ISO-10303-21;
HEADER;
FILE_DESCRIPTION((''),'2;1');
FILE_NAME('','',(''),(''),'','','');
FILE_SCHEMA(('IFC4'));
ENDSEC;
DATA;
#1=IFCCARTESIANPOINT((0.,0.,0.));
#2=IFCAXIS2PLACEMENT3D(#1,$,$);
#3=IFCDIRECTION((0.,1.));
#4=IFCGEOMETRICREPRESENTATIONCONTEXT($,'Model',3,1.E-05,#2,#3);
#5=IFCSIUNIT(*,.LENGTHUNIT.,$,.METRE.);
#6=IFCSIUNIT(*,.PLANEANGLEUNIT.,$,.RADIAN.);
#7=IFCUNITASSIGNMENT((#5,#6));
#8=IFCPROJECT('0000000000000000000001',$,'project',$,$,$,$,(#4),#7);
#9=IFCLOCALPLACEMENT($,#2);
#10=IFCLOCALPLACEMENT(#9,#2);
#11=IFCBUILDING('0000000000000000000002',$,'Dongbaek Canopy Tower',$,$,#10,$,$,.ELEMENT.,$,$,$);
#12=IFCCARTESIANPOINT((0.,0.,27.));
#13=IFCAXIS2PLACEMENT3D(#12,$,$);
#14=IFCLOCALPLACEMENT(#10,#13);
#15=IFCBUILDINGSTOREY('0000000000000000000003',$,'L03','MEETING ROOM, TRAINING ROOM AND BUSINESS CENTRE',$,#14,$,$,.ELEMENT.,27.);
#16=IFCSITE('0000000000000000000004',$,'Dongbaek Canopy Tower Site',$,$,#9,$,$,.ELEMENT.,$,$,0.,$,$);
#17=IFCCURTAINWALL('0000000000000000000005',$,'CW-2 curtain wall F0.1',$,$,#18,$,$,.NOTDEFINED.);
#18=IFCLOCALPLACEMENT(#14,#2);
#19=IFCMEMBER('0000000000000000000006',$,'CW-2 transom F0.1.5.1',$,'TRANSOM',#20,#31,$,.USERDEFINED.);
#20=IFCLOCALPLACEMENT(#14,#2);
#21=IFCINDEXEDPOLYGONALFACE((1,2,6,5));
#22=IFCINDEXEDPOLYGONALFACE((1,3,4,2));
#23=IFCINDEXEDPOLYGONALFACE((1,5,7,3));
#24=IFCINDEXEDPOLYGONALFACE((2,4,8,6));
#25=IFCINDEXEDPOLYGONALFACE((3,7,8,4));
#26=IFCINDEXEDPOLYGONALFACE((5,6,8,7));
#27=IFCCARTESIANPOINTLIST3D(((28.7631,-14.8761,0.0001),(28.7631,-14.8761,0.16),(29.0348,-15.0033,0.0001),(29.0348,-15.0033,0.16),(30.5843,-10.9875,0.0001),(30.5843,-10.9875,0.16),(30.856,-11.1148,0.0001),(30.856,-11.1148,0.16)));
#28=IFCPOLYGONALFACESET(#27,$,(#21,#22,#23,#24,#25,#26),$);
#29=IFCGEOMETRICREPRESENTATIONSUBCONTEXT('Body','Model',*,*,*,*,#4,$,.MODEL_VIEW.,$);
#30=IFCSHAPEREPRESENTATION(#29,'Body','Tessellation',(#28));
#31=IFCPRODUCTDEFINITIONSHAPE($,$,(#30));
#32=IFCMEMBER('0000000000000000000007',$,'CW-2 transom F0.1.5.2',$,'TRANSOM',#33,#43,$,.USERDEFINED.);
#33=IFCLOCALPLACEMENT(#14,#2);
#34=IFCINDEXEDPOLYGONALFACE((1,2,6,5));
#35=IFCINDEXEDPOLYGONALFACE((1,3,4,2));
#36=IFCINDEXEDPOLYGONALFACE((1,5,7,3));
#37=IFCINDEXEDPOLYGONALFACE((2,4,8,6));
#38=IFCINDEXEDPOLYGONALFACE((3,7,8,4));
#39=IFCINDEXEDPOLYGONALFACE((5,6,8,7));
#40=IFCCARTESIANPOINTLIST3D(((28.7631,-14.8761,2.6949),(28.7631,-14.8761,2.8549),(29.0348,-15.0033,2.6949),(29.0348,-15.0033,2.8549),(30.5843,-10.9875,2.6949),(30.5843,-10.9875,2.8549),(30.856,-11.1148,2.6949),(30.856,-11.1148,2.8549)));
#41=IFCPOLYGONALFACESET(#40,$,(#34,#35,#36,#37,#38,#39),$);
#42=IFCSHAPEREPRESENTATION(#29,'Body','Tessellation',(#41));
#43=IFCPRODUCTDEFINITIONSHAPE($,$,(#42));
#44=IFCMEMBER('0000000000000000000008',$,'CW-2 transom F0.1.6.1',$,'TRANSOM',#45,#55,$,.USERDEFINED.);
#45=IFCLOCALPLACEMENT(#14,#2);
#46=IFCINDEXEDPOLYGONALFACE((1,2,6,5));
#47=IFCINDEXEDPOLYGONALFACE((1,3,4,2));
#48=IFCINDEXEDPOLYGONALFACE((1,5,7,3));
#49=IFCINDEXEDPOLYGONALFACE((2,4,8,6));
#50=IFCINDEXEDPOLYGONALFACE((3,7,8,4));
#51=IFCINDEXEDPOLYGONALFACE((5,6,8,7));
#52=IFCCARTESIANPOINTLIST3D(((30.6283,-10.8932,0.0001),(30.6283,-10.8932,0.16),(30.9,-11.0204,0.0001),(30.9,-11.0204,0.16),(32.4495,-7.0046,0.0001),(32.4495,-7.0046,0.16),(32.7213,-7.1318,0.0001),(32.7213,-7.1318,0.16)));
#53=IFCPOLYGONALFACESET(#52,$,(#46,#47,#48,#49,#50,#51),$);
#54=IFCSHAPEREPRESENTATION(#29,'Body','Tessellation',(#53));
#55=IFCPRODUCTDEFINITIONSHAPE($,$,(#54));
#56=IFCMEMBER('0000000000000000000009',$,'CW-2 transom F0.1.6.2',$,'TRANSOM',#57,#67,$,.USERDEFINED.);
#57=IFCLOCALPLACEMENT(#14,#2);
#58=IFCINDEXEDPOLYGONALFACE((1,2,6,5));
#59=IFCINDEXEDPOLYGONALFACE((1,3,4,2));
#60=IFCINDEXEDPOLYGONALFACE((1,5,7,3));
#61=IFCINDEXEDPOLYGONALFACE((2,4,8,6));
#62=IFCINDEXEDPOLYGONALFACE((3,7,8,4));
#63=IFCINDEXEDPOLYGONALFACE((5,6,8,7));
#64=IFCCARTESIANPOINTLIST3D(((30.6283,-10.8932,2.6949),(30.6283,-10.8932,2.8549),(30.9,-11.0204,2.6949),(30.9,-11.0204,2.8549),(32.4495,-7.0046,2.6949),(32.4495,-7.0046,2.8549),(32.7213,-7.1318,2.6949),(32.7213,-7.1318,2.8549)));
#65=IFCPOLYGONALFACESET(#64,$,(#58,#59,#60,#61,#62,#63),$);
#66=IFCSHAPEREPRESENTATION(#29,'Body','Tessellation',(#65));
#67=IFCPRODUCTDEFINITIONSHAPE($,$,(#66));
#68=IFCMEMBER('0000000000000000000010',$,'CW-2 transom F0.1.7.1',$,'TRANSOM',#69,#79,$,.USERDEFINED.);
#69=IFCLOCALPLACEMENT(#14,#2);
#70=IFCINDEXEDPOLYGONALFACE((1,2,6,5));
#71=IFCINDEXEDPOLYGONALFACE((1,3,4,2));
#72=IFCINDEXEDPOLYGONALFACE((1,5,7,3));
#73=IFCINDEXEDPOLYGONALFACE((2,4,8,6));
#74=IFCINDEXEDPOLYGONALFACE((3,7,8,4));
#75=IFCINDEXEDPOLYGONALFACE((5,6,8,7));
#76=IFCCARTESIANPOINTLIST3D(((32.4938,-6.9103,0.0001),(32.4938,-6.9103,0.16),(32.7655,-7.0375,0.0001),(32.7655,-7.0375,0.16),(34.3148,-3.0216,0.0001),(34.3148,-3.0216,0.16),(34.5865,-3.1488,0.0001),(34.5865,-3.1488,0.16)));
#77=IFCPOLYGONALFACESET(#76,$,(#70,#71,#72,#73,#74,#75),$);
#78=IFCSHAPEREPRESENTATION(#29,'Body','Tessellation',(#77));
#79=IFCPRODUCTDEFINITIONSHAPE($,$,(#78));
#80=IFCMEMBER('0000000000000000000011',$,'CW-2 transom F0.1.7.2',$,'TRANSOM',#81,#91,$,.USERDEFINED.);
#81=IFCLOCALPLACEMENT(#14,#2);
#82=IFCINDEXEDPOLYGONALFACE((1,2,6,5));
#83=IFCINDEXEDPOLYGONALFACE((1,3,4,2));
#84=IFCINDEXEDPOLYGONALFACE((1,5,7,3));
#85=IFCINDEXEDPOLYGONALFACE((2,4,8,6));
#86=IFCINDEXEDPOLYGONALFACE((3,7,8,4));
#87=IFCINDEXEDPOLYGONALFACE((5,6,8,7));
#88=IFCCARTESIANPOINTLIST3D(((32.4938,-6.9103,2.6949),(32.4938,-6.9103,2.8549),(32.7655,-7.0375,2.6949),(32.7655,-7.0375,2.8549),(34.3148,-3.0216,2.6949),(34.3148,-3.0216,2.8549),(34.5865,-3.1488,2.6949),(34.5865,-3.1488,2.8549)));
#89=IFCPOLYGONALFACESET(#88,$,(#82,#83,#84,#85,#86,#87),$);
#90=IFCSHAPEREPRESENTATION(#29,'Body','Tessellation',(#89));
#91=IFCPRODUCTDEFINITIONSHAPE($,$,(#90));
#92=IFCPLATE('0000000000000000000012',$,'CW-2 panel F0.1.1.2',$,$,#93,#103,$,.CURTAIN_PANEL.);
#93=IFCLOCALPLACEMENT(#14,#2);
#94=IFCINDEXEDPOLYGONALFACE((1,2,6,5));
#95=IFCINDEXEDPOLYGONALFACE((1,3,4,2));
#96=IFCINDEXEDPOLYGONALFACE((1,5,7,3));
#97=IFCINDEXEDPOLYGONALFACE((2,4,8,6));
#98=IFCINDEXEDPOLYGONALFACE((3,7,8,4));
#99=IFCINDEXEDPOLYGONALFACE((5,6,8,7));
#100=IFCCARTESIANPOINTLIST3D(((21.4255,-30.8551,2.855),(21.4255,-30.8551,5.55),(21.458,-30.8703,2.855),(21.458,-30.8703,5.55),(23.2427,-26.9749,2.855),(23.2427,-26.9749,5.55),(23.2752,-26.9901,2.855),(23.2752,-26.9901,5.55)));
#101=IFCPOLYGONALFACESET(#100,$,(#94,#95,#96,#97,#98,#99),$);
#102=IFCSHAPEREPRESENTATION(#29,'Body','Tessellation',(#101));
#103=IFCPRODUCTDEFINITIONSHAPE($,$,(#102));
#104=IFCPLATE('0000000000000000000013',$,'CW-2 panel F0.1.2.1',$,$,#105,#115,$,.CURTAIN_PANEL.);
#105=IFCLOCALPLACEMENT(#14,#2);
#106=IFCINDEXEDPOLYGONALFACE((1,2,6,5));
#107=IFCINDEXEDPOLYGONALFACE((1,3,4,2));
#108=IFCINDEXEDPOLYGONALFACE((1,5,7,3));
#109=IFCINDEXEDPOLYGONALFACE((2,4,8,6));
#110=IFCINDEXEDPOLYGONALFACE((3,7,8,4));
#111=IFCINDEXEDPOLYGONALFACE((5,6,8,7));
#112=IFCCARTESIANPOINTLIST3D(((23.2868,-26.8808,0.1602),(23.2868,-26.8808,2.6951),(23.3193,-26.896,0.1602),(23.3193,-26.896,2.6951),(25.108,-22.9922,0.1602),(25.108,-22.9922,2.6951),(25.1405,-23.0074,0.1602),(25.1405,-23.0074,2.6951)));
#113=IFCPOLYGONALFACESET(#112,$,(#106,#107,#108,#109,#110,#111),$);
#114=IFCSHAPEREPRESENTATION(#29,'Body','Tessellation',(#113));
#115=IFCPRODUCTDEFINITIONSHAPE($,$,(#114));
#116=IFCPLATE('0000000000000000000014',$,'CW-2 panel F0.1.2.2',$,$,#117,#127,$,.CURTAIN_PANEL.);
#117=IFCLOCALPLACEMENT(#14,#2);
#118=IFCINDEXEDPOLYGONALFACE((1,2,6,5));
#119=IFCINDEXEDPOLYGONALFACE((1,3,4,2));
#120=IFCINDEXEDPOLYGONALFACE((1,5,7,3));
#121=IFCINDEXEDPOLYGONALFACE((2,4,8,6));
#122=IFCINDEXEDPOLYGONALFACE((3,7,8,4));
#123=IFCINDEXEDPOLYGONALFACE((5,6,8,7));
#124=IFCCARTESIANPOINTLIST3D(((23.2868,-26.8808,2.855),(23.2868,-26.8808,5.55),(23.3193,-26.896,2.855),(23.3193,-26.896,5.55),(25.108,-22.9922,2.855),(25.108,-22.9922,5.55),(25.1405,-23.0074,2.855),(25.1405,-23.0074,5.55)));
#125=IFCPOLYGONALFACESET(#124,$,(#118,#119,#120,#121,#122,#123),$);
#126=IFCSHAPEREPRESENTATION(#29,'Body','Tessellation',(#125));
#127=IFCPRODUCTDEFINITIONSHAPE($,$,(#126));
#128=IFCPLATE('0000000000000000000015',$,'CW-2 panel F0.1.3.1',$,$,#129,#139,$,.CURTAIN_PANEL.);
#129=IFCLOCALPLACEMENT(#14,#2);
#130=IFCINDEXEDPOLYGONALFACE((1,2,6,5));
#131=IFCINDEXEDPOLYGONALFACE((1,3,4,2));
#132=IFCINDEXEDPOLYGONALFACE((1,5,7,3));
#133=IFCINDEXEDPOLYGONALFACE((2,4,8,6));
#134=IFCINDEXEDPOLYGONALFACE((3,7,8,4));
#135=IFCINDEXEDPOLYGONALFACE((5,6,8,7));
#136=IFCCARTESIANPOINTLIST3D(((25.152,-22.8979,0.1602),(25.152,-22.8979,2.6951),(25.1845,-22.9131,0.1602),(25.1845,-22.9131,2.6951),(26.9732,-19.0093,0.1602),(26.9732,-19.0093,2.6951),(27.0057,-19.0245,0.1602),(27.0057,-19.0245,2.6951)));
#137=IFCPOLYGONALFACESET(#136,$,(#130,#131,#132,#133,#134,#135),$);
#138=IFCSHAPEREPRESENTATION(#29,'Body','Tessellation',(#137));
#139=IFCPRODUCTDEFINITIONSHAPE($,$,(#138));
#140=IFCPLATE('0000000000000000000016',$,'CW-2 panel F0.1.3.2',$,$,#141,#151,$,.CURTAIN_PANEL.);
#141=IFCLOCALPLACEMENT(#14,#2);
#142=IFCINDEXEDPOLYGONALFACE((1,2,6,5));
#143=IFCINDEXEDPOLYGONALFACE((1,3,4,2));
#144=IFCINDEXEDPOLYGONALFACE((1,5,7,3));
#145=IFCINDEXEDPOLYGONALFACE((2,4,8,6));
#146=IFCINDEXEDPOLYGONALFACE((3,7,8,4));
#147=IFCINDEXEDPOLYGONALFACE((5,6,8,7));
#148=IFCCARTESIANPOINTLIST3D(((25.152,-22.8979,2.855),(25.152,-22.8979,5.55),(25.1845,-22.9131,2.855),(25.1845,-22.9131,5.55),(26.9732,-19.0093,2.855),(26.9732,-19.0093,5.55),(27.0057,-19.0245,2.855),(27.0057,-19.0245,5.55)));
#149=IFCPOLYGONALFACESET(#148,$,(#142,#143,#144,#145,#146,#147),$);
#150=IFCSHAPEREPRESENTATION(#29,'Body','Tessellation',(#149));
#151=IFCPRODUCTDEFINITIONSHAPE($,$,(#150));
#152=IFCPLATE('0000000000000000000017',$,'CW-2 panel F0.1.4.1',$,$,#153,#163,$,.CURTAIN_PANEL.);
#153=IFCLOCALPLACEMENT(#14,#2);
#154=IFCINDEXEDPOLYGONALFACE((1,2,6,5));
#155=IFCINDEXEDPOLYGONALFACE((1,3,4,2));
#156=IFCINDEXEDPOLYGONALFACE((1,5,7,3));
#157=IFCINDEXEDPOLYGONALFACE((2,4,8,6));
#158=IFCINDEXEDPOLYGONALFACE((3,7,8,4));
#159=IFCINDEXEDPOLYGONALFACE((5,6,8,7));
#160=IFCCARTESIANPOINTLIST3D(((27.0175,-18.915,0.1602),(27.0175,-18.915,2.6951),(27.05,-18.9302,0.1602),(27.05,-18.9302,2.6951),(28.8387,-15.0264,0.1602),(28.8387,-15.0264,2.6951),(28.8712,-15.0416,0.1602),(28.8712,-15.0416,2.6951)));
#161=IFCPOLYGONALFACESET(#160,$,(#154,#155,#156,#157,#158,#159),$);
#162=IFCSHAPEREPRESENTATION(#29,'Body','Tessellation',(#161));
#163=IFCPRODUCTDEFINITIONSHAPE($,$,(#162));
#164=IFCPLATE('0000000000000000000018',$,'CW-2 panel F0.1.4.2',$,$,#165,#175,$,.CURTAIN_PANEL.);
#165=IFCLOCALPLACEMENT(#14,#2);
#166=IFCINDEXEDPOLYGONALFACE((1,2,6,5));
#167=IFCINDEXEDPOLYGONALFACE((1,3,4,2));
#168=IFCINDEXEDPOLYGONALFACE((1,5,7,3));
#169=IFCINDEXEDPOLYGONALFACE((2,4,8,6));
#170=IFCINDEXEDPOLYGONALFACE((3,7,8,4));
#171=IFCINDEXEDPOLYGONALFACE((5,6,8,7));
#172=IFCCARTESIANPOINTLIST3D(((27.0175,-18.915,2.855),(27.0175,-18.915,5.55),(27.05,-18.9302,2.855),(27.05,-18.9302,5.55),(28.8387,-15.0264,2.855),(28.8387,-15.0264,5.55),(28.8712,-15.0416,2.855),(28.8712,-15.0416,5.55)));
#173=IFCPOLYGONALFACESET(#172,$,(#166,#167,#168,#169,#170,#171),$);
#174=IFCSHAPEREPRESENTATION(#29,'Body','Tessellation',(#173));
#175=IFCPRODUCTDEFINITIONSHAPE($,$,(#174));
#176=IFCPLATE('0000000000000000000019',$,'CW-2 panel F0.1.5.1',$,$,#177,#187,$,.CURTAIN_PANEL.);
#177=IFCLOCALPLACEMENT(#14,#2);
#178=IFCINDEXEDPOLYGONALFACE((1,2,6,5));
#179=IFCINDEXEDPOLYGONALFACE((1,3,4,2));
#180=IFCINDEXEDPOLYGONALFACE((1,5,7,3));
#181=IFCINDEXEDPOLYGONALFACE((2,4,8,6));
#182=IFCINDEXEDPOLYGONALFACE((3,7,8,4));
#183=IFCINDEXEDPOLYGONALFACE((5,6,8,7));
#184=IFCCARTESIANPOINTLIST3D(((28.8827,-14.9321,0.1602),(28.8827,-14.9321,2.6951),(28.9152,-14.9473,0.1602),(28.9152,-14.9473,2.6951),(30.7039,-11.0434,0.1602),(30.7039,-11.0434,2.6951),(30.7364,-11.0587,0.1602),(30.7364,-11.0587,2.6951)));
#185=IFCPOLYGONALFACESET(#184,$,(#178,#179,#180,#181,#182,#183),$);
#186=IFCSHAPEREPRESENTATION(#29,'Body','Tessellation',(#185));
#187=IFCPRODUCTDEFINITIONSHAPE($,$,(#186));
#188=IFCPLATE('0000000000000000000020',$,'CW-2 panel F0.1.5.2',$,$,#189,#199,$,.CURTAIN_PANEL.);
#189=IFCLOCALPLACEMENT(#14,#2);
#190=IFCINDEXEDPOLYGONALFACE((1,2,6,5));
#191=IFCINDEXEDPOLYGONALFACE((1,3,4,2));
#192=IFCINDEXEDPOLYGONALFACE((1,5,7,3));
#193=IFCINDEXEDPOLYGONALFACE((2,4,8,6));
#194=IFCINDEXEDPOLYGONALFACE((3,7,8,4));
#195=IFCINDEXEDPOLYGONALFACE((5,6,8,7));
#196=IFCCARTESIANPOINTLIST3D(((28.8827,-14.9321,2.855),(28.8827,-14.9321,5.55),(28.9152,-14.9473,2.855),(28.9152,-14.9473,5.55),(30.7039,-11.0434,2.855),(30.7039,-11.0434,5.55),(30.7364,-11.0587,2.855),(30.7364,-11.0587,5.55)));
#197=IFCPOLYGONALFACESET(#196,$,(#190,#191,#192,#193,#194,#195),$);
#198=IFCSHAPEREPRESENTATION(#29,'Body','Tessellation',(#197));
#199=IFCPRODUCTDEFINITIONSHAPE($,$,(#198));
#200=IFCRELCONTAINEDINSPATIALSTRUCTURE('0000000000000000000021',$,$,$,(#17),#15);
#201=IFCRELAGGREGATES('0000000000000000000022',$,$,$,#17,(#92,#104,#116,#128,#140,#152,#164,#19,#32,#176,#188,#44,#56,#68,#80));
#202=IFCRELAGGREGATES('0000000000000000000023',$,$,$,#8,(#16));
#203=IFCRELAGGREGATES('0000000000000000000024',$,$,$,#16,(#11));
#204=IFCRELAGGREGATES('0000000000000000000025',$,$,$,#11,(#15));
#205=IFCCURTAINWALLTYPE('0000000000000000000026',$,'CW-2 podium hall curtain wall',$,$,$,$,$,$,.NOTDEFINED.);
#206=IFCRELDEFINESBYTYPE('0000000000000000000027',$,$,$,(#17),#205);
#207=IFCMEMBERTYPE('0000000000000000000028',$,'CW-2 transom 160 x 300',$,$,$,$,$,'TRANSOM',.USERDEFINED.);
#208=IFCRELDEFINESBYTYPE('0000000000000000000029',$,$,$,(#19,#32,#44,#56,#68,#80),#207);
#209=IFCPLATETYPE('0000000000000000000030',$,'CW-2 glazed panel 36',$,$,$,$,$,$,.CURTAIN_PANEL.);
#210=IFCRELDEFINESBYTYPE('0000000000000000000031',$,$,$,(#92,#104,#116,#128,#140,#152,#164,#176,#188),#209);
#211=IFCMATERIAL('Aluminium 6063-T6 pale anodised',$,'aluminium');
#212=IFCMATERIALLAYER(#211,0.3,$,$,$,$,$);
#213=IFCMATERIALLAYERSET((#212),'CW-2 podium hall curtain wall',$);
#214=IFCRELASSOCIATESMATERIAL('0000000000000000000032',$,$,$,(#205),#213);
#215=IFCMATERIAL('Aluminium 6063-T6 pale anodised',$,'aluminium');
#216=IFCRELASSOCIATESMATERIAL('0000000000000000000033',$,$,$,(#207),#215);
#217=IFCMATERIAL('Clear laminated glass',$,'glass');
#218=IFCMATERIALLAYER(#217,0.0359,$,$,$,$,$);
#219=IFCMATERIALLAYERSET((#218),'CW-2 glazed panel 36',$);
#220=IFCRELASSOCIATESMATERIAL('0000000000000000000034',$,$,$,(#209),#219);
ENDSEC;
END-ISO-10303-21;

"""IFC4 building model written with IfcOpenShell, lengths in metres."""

from ifc_helpers import new_model, si_unit, direction, frame, origin, origin_2d, place, context, subcontext, project, spatial, rectangle, extrude, material, layer, layer_set, material_profile, profile_set, type_object, element, aggregate, save


model = new_model("IFC4")

# Units and contexts
model_context = context("Model", 3, precision=1e-05, world=origin(), true_north=direction((0.0, 1.0)))
body_context = subcontext(model_context, "Body", "Model", "MODEL_VIEW")
ifc_project = project(units=[si_unit("LENGTHUNIT", "METRE"), si_unit("PLANEANGLEUNIT", "RADIAN")], contexts=[model_context])

# Site, building, storey
site_placement = place(None, origin())
site = spatial("IfcSite", under=ifc_project, at=site_placement, Name="Dongbaek Canopy Tower Site", CompositionType="ELEMENT", RefElevation=0.0)
building_placement = place(site_placement, origin())
building = spatial("IfcBuilding", under=site, at=building_placement, Name="Dongbaek Canopy Tower", CompositionType="ELEMENT")
storey_placement = place(building_placement, frame((0.0, 0.0, 27.0)))
storey = spatial("IfcBuildingStorey", under=building, at=storey_placement, Name="L03", Description="MEETING ROOM, TRAINING ROOM AND BUSINESS CENTRE", CompositionType="ELEMENT", Elevation=27.0)

# Curtain wall, members, plates
ifc_material_1 = material(Name="Aluminium 6063-T6 pale anodised", Category="aluminium")
ifc_layer_1 = layer(ifc_material_1, 0.3)
ifc_layer_set_1 = layer_set([ifc_layer_1], Name="CW-2 podium hall curtain wall")
curtain_wall_type = type_object("IfcCurtainWallType", Name="CW-2 podium hall curtain wall", PredefinedType="NOTDEFINED", material=ifc_layer_set_1)
curtain_wall_placement = place(storey_placement, origin())
curtain_wall = element("IfcCurtainWall", 1, at=curtain_wall_placement, inside=storey, type_object=curtain_wall_type, Name="CW-2 curtain wall F0.1", PredefinedType="NOTDEFINED")
ifc_material_2 = material(Name="Aluminium 6063-T6 pale anodised", Category="aluminium")
ifc_material_profile_1 = material_profile(ifc_material_2, rectangle(XDim=0.3, YDim=0.1599, at=origin_2d()), Name="CW-2 transom 160 x 300")
ifc_profile_set_1 = profile_set([ifc_material_profile_1], Name="Aluminium 6063-T6 pale anodised")
member_type_1 = type_object("IfcMemberType", Name="CW-2 transom 160 x 300", ElementType="TRANSOM", PredefinedType="USERDEFINED", material=ifc_profile_set_1)
member_1_placement = place(storey_placement, frame((28.8989, -14.9397, 0.0801), z_axis=(0.424143, 0.905595, 0.0), x_axis=(-0.905595, 0.424143, 0.0)))
member_1 = element("IfcMember", 2, at=member_1_placement, type_object=member_type_1, Name="CW-2 transom F0.1.5.1", ObjectType="TRANSOM", PredefinedType="USERDEFINED", context=body_context, shape_type="SweptSolid", body=[
    extrude(rectangle(XDim=0.3, YDim=0.1599, at=origin_2d()), origin(), (0.0, 0.0, 1.0), 4.2939),
])
member_2_placement = place(storey_placement, frame((28.8989, -14.9397, 2.7749), z_axis=(0.424143, 0.905595, 0.0), x_axis=(-0.905595, 0.424143, 0.0)))
member_2 = element("IfcMember", 3, at=member_2_placement, type_object=member_type_1, Name="CW-2 transom F0.1.5.2", ObjectType="TRANSOM", PredefinedType="USERDEFINED", context=body_context, shape_type="SweptSolid", body=[
    extrude(rectangle(XDim=0.3, YDim=0.1599, at=origin_2d()), origin(), (0.0, 0.0, 1.0), 4.2939),
])
member_3_placement = place(storey_placement, frame((30.7642, -10.9568, 0.0801), z_axis=(0.424143, 0.905595, 0.0), x_axis=(-0.905595, 0.424143, 0.0)))
member_3 = element("IfcMember", 4, at=member_3_placement, type_object=member_type_1, Name="CW-2 transom F0.1.6.1", ObjectType="TRANSOM", PredefinedType="USERDEFINED", context=body_context, shape_type="SweptSolid", body=[
    extrude(rectangle(XDim=0.3, YDim=0.1599, at=origin_2d()), origin(), (0.0, 0.0, 1.0), 4.2939),
])
member_4_placement = place(storey_placement, frame((30.7642, -10.9568, 2.7749), z_axis=(0.424143, 0.905595, 0.0), x_axis=(-0.905595, 0.424143, 0.0)))
member_4 = element("IfcMember", 5, at=member_4_placement, type_object=member_type_1, Name="CW-2 transom F0.1.6.2", ObjectType="TRANSOM", PredefinedType="USERDEFINED", context=body_context, shape_type="SweptSolid", body=[
    extrude(rectangle(XDim=0.3, YDim=0.1599, at=origin_2d()), origin(), (0.0, 0.0, 1.0), 4.2939),
])
member_5_placement = place(storey_placement, frame((32.6296, -6.9739, 0.0801), z_axis=(0.424096, 0.905617, 0.0), x_axis=(-0.905617, 0.424096, 0.0)))
member_5 = element("IfcMember", 6, at=member_5_placement, type_object=member_type_1, Name="CW-2 transom F0.1.7.1", ObjectType="TRANSOM", PredefinedType="USERDEFINED", context=body_context, shape_type="SweptSolid", body=[
    extrude(rectangle(XDim=0.3, YDim=0.1599, at=origin_2d()), origin(), (0.0, 0.0, 1.0), 4.2939),
])
member_6_placement = place(storey_placement, frame((32.6296, -6.9739, 2.7749), z_axis=(0.424096, 0.905617, 0.0), x_axis=(-0.905617, 0.424096, 0.0)))
member_6 = element("IfcMember", 7, at=member_6_placement, type_object=member_type_1, Name="CW-2 transom F0.1.7.2", ObjectType="TRANSOM", PredefinedType="USERDEFINED", context=body_context, shape_type="SweptSolid", body=[
    extrude(rectangle(XDim=0.3, YDim=0.1599, at=origin_2d()), origin(), (0.0, 0.0, 1.0), 4.2939),
])
ifc_material_3 = material(Name="Clear laminated glass", Category="glass")
ifc_layer_2 = layer(ifc_material_3, 0.0359)
ifc_layer_set_2 = layer_set([ifc_layer_2], Name="CW-2 glazed panel 36")
plate_type = type_object("IfcPlateType", Name="CW-2 glazed panel 36", PredefinedType="CURTAIN_PANEL", material=ifc_layer_set_2)
plate_1_placement = place(storey_placement, frame((22.3503, -28.9226, 2.855), z_axis=(0.0, 0.0, 1.0), x_axis=(0.424123, 0.905605, 0.0)))
plate_1 = element("IfcPlate", 8, at=plate_1_placement, type_object=plate_type, Name="CW-2 panel F0.1.1.2", PredefinedType="CURTAIN_PANEL", context=body_context, shape_type="SweptSolid", body=[
    extrude(rectangle(XDim=4.2847, YDim=0.0359, at=origin_2d()), origin(), (0.0, 0.0, 1.0), 2.6951),
])
plate_2_placement = place(storey_placement, frame((24.2136, -24.9441, 0.1602), z_axis=(0.0, 0.0, 1.0), x_axis=(0.424123, 0.905605, 0.0)))
plate_2 = element("IfcPlate", 9, at=plate_2_placement, type_object=plate_type, Name="CW-2 panel F0.1.2.1", PredefinedType="CURTAIN_PANEL", context=body_context, shape_type="SweptSolid", body=[
    extrude(rectangle(XDim=4.2939, YDim=0.0359, at=origin_2d()), origin(), (0.0, 0.0, 1.0), 2.5349),
])
plate_3_placement = place(storey_placement, frame((24.2136, -24.9441, 2.855), z_axis=(0.0, 0.0, 1.0), x_axis=(0.424123, 0.905605, 0.0)))
plate_3 = element("IfcPlate", 10, at=plate_3_placement, type_object=plate_type, Name="CW-2 panel F0.1.2.2", PredefinedType="CURTAIN_PANEL", context=body_context, shape_type="SweptSolid", body=[
    extrude(rectangle(XDim=4.2939, YDim=0.0359, at=origin_2d()), origin(), (0.0, 0.0, 1.0), 2.6951),
])
plate_4_placement = place(storey_placement, frame((26.0789, -20.9612, 0.1602), z_axis=(0.0, 0.0, 1.0), x_axis=(0.424123, 0.905605, 0.0)))
plate_4 = element("IfcPlate", 11, at=plate_4_placement, type_object=plate_type, Name="CW-2 panel F0.1.3.1", PredefinedType="CURTAIN_PANEL", context=body_context, shape_type="SweptSolid", body=[
    extrude(rectangle(XDim=4.2939, YDim=0.0359, at=origin_2d()), origin(), (0.0, 0.0, 1.0), 2.5349),
])
plate_5_placement = place(storey_placement, frame((26.0789, -20.9612, 2.855), z_axis=(0.0, 0.0, 1.0), x_axis=(0.424123, 0.905605, 0.0)))
plate_5 = element("IfcPlate", 12, at=plate_5_placement, type_object=plate_type, Name="CW-2 panel F0.1.3.2", PredefinedType="CURTAIN_PANEL", context=body_context, shape_type="SweptSolid", body=[
    extrude(rectangle(XDim=4.2939, YDim=0.0359, at=origin_2d()), origin(), (0.0, 0.0, 1.0), 2.6951),
])
plate_6_placement = place(storey_placement, frame((27.9443, -16.9783, 0.1602), z_axis=(0.0, 0.0, 1.0), x_axis=(0.424123, 0.905605, 0.0)))
plate_6 = element("IfcPlate", 13, at=plate_6_placement, type_object=plate_type, Name="CW-2 panel F0.1.4.1", PredefinedType="CURTAIN_PANEL", context=body_context, shape_type="SweptSolid", body=[
    extrude(rectangle(XDim=4.2939, YDim=0.0359, at=origin_2d()), origin(), (0.0, 0.0, 1.0), 2.5349),
])
plate_7_placement = place(storey_placement, frame((27.9443, -16.9783, 2.855), z_axis=(0.0, 0.0, 1.0), x_axis=(0.424123, 0.905605, 0.0)))
plate_7 = element("IfcPlate", 14, at=plate_7_placement, type_object=plate_type, Name="CW-2 panel F0.1.4.2", PredefinedType="CURTAIN_PANEL", context=body_context, shape_type="SweptSolid", body=[
    extrude(rectangle(XDim=4.2939, YDim=0.0359, at=origin_2d()), origin(), (0.0, 0.0, 1.0), 2.6951),
])
plate_8_placement = place(storey_placement, frame((29.8096, -12.9954, 0.1602), z_axis=(0.0, 0.0, 1.0), x_axis=(0.424123, 0.905605, 0.0)))
plate_8 = element("IfcPlate", 15, at=plate_8_placement, type_object=plate_type, Name="CW-2 panel F0.1.5.1", PredefinedType="CURTAIN_PANEL", context=body_context, shape_type="SweptSolid", body=[
    extrude(rectangle(XDim=4.2939, YDim=0.0359, at=origin_2d()), origin(), (0.0, 0.0, 1.0), 2.5349),
])
plate_9_placement = place(storey_placement, frame((29.8096, -12.9954, 2.855), z_axis=(0.0, 0.0, 1.0), x_axis=(0.424123, 0.905605, 0.0)))
plate_9 = element("IfcPlate", 16, at=plate_9_placement, type_object=plate_type, Name="CW-2 panel F0.1.5.2", PredefinedType="CURTAIN_PANEL", context=body_context, shape_type="SweptSolid", body=[
    extrude(rectangle(XDim=4.2939, YDim=0.0359, at=origin_2d()), origin(), (0.0, 0.0, 1.0), 2.6951),
])
aggregate(curtain_wall, [plate_1, plate_2, plate_3, plate_4, plate_5, plate_6, plate_7, member_1, member_2, plate_8, plate_9, member_3, member_4, member_5, member_6])

save(model, "model.ifc")
